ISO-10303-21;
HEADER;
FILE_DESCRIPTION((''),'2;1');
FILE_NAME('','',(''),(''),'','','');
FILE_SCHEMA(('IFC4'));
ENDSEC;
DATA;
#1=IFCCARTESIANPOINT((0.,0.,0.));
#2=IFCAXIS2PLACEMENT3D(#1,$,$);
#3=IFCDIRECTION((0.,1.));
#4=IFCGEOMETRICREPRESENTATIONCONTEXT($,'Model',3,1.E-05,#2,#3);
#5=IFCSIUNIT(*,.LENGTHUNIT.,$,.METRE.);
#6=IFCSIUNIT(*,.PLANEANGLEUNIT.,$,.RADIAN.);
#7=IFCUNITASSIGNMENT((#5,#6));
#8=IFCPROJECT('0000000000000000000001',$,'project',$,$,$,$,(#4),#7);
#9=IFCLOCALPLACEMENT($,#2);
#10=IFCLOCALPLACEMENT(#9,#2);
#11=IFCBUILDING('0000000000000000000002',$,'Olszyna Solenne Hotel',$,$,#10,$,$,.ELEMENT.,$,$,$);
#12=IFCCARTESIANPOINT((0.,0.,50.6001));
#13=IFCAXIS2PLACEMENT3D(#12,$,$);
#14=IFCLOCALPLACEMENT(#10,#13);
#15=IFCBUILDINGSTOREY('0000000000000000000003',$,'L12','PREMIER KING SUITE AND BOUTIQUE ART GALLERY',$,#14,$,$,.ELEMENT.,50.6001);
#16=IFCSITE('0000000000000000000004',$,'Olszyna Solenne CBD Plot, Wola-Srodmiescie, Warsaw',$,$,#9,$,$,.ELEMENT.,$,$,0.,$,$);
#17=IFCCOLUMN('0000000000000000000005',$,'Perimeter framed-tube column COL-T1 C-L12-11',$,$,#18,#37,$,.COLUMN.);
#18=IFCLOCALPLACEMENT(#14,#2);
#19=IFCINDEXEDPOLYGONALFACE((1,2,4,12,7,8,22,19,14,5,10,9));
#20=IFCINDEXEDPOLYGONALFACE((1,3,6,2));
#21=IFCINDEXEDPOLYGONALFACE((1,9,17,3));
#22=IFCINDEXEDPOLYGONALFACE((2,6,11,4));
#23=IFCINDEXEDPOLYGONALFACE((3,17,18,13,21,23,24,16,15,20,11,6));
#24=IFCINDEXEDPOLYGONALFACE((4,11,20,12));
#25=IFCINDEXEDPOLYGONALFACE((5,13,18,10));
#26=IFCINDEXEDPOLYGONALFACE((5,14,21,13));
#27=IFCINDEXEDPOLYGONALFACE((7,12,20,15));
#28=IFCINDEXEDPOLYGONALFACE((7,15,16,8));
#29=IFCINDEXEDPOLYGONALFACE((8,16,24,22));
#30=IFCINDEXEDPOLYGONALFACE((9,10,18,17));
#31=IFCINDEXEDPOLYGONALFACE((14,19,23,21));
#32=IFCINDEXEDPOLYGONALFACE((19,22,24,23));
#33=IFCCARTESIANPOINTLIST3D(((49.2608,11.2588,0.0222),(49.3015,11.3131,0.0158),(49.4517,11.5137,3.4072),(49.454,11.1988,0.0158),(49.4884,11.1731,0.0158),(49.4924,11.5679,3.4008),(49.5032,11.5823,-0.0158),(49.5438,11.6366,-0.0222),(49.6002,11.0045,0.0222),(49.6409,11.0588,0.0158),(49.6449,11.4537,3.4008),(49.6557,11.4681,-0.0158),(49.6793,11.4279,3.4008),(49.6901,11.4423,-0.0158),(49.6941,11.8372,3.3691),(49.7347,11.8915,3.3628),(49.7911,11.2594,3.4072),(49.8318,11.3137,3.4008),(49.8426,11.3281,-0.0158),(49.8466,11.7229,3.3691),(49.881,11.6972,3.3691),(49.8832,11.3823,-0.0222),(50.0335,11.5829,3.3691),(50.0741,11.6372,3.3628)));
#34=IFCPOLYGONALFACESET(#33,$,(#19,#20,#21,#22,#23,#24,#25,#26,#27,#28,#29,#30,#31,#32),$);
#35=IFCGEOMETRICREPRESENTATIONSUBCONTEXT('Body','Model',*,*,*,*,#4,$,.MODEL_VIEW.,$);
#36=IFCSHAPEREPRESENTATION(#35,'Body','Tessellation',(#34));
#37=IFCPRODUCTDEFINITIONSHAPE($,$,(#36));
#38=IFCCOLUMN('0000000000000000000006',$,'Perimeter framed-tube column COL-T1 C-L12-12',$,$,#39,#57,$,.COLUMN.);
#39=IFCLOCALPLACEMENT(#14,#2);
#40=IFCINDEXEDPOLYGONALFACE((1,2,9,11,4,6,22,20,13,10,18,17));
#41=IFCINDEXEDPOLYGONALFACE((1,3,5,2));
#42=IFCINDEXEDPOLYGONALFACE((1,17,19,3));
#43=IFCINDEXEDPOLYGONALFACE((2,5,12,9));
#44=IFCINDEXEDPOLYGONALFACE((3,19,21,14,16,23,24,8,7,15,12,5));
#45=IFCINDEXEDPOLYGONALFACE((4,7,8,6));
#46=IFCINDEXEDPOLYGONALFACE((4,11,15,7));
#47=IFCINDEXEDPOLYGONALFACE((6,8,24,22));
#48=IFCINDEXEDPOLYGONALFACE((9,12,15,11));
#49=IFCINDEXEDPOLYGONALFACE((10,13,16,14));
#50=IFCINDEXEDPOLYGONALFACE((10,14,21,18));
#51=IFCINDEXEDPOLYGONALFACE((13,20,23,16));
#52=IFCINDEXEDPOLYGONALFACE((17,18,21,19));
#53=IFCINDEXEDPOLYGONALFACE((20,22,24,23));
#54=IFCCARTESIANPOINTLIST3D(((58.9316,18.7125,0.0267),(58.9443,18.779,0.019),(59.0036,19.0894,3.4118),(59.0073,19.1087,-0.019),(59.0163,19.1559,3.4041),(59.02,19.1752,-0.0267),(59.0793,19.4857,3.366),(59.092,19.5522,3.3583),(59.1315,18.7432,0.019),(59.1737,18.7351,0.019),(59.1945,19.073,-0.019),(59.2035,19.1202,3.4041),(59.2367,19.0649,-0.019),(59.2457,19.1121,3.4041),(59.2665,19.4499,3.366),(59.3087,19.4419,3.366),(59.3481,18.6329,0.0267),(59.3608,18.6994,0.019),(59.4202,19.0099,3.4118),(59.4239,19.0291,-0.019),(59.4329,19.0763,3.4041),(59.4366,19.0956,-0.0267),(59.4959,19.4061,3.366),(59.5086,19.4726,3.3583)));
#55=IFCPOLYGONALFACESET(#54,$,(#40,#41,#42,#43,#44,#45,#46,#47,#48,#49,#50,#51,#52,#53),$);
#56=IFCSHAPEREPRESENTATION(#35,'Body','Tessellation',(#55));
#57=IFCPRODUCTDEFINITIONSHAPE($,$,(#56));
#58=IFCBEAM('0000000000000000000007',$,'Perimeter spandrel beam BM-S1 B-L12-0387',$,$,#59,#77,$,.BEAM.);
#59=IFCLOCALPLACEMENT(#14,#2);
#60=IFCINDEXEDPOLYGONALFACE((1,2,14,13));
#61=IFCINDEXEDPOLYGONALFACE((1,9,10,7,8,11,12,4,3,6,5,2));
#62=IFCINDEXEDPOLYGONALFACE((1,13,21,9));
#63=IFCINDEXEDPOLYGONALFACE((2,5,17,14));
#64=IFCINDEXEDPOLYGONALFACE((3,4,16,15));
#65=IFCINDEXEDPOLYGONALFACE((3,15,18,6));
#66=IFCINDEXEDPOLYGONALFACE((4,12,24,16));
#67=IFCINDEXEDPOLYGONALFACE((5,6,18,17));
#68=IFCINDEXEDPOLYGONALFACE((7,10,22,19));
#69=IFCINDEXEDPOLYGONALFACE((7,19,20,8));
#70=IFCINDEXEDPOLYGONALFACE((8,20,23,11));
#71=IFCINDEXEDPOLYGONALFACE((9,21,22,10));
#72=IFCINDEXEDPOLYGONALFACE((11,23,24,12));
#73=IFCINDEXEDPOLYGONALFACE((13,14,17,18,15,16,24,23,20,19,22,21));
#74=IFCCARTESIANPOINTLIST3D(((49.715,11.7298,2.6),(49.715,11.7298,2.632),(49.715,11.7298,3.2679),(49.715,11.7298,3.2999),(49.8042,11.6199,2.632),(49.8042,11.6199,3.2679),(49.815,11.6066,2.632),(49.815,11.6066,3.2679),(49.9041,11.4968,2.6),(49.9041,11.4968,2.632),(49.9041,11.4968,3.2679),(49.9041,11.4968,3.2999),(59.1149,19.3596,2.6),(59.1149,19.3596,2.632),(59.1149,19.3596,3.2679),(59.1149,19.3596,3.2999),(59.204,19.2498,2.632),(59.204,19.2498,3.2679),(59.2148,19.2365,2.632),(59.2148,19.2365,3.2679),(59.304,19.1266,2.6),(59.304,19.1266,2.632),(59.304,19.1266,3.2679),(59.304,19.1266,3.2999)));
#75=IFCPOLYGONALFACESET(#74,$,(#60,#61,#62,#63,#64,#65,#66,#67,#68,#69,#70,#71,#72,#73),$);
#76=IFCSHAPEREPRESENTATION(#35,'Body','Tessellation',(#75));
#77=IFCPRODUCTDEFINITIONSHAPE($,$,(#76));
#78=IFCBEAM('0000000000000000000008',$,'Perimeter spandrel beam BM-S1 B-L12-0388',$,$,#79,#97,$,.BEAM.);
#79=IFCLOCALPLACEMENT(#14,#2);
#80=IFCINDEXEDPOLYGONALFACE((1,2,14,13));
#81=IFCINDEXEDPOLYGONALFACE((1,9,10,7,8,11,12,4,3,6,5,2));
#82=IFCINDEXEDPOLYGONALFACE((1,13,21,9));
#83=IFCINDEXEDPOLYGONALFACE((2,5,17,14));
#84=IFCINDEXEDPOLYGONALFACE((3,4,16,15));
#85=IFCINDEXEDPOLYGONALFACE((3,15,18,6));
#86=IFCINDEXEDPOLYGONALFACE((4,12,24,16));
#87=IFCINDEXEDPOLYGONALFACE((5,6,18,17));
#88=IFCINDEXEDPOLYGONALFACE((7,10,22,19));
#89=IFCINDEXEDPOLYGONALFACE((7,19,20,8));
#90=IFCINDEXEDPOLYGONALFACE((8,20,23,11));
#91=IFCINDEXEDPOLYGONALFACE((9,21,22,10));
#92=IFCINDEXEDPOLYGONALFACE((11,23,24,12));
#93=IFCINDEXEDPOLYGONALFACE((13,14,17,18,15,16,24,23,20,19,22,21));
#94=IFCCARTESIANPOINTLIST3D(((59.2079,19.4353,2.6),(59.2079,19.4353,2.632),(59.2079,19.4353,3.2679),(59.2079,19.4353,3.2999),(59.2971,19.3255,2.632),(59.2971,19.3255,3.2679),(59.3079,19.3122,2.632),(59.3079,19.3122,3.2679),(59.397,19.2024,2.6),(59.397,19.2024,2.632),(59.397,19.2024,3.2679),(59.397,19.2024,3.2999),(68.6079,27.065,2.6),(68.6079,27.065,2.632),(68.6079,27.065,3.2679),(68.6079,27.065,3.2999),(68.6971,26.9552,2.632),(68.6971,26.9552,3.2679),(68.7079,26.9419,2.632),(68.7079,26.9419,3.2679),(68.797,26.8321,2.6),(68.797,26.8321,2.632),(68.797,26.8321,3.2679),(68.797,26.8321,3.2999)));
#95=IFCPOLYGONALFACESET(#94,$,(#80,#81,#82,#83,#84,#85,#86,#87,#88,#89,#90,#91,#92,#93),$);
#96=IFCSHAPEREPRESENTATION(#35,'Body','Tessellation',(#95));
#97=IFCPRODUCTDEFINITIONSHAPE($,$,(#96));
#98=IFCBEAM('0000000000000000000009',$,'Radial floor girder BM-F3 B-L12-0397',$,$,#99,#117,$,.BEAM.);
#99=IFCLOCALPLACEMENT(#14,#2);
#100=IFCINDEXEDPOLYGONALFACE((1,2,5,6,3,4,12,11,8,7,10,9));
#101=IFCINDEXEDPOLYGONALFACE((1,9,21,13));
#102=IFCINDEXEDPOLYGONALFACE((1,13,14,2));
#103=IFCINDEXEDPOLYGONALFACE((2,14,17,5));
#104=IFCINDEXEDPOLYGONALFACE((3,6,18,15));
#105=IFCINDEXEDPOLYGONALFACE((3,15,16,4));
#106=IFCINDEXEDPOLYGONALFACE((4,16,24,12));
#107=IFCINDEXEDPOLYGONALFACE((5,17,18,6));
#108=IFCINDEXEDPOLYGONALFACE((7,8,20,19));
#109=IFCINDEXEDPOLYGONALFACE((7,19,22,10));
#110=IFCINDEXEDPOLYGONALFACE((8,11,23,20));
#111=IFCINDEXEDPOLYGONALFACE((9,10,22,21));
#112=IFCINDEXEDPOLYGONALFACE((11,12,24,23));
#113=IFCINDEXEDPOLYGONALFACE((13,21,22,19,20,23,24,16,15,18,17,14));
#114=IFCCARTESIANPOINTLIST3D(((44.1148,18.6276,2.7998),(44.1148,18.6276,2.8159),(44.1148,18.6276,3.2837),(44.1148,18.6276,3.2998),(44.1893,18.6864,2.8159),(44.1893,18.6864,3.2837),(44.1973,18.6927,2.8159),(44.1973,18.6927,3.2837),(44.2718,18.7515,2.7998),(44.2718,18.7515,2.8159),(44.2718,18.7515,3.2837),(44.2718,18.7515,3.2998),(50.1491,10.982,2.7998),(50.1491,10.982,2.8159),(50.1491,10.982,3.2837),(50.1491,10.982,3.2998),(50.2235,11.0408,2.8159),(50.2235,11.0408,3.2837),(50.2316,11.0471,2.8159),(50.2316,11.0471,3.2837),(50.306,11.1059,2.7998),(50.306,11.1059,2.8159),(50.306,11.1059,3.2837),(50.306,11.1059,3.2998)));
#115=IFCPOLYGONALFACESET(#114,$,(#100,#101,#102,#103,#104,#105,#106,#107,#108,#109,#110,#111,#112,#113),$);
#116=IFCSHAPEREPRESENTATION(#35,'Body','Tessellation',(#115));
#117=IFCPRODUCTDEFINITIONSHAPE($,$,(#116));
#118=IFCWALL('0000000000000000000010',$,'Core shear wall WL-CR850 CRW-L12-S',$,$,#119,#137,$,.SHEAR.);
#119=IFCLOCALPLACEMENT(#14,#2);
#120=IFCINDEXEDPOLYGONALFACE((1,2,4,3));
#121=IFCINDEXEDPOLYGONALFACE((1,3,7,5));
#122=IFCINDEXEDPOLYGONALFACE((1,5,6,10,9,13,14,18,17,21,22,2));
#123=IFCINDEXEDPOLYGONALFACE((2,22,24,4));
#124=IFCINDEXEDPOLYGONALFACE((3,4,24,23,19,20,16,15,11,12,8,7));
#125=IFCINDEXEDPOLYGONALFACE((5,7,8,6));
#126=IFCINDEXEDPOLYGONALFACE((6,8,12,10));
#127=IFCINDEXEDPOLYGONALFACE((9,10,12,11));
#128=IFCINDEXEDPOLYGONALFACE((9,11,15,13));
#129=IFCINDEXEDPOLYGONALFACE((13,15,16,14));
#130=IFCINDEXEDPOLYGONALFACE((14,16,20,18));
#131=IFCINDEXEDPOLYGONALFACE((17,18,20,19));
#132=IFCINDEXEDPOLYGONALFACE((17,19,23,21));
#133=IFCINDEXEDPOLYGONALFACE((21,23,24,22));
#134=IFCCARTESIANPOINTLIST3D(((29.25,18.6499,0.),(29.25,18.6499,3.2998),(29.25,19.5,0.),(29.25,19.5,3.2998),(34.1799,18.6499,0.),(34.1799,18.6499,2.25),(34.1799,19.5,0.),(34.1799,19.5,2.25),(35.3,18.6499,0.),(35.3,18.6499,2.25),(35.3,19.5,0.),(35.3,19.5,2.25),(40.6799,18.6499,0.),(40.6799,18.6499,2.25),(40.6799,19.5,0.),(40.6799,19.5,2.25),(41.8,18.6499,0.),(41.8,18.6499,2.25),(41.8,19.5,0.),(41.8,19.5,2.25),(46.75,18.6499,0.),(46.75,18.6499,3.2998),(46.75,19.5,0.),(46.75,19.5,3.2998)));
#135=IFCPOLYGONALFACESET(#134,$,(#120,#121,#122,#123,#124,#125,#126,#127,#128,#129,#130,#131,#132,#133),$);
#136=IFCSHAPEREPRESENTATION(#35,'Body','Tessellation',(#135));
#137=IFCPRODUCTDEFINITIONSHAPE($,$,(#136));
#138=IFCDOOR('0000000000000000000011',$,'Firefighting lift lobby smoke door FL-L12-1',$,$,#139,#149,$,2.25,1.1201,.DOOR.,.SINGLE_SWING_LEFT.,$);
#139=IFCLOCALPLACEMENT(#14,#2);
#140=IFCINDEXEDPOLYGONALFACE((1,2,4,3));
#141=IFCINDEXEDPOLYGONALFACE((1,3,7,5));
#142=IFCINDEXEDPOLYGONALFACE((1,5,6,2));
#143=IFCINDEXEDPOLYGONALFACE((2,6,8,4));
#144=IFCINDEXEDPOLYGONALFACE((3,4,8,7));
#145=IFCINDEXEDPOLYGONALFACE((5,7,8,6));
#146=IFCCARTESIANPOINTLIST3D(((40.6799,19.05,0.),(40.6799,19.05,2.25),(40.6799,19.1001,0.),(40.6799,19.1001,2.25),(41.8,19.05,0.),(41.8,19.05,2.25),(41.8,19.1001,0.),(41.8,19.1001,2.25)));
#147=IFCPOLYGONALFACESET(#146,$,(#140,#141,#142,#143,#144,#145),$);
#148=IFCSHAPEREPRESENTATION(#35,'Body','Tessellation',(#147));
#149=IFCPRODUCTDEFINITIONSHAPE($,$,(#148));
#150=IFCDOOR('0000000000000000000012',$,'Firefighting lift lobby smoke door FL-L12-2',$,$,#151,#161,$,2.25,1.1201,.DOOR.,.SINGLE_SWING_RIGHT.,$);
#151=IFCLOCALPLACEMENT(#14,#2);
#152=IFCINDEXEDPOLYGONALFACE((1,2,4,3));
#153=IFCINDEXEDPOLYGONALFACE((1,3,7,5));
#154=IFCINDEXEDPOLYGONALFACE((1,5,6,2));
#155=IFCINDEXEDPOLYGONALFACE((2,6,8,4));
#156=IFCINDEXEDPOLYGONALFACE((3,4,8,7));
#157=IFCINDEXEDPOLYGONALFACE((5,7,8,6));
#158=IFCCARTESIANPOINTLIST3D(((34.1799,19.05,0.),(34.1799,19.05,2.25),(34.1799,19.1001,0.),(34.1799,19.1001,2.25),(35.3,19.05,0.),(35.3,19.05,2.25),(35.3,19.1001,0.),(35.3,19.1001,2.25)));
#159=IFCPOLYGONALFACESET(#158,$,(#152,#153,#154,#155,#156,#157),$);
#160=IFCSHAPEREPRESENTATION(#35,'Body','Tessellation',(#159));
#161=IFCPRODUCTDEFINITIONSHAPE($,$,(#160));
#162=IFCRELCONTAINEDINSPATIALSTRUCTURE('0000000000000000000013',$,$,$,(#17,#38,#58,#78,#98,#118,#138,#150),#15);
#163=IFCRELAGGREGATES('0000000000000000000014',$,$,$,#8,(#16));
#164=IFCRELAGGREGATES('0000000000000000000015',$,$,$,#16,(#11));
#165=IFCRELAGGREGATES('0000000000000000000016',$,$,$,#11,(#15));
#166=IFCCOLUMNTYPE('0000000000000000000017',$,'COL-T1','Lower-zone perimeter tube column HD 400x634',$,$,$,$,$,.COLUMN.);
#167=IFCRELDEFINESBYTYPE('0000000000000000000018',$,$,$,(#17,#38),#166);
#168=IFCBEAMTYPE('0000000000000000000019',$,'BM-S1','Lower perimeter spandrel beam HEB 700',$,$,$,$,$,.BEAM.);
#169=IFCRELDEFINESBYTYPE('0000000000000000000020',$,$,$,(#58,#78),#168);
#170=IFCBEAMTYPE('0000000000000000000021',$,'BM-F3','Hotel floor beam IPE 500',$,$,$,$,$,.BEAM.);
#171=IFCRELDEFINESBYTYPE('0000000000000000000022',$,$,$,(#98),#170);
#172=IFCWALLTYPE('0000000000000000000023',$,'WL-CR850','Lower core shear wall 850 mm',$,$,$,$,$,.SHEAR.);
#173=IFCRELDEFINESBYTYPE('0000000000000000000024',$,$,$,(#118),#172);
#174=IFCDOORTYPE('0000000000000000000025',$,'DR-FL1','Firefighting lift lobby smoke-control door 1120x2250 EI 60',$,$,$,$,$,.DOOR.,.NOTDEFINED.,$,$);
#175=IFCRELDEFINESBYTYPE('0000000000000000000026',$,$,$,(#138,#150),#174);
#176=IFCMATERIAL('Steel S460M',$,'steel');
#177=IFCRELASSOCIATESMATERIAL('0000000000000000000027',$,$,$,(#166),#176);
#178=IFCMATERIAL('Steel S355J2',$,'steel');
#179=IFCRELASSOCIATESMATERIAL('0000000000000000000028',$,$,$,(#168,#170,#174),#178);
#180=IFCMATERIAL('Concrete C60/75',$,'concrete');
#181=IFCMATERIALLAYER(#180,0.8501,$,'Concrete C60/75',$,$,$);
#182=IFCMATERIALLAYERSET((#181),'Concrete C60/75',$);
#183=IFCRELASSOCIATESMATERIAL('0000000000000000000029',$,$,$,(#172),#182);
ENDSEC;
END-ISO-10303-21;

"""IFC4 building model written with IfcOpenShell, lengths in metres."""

from ifc_helpers import new_model, si_unit, direction, frame, frame_2d, origin, origin_2d, place, context, subcontext, project, spatial, rectangle, i_section, extrude, source, transform, mapped, material, layer, layer_set, material_profile, profile_set, type_object, type_shapes, element, fill, save


model = new_model("IFC4")

# Units and contexts
model_context = context("Model", 3, precision=1e-05, world=origin(), true_north=direction((0.0, 1.0)))
body_context = subcontext(model_context, "Body", "Model", "MODEL_VIEW")
ifc_project = project(units=[si_unit("LENGTHUNIT", "METRE"), si_unit("PLANEANGLEUNIT", "RADIAN")], contexts=[model_context])

# Site, building, storey
site_placement = place(None, origin())
site = spatial("IfcSite", under=ifc_project, at=site_placement, Name="Olszyna Solenne CBD Plot, Wola-Srodmiescie, Warsaw", CompositionType="ELEMENT", RefElevation=0.0)
building_placement = place(site_placement, origin())
building = spatial("IfcBuilding", under=site, at=building_placement, Name="Olszyna Solenne Hotel", CompositionType="ELEMENT")
storey_placement = place(building_placement, frame((0.0, 0.0, 50.6001)))
storey = spatial("IfcBuildingStorey", under=building, at=storey_placement, Name="L12", Description="PREMIER KING SUITE AND BOUTIQUE ART GALLERY", CompositionType="ELEMENT", Elevation=50.6001)

# Columns
ifc_material_1 = material(Name="Steel S460M", Category="steel")
ifc_material_profile_1 = material_profile(ifc_material_1, i_section(OverallWidth=0.4241, OverallDepth=0.4741, WebThickness=0.043, FlangeThickness=0.0681, at=origin_2d()), Name="HD 400x634", Category="load-bearing")
ifc_profile_set_1 = profile_set([ifc_material_profile_1], Name="Steel S460M")
column_type = type_object("IfcColumnType", Name="COL-T1", Description="Lower-zone perimeter tube column HD 400x634", PredefinedType="COLUMN", material=ifc_profile_set_1)
shared_shape_1 = source(origin(), body_context, "Body", "SweptSolid", [
    extrude(i_section(OverallWidth=0.4241, OverallDepth=0.4741, WebThickness=0.043, FlangeThickness=0.0681, at=origin_2d()), origin(), (0.0, 0.0, 1.0), 3.3999),
])
column_1_placement = place(storey_placement, frame((49.572, 11.3206, 0.0), z_axis=(0.056153, 0.074966, 0.995604), x_axis=(-0.800368, 0.599509, 0.0)))
element("IfcColumn", 1, at=column_1_placement, inside=storey, type_object=column_type, Name="Perimeter framed-tube column COL-T1 C-L12-11", PredefinedType="COLUMN", context=body_context, shape_type="MappedRepresentation", body=[
    mapped(shared_shape_1, transform((0.0, 0.0, 0.0), x_axis=(1.0, 0.0, 0.0), y_axis=(0.0, 1.0, 0.0), z_axis=(0.0, 0.0, 1.0), scale=1.0)),
])
shared_shape_2 = source(origin(), body_context, "Body", "SweptSolid", [
    extrude(i_section(OverallWidth=0.4241, OverallDepth=0.4741, WebThickness=0.043, FlangeThickness=0.0681, at=origin_2d()), origin(), (0.0, 0.0, 1.0), 3.4067),
])
column_2_placement = place(storey_placement, frame((59.1841, 18.9041, 0.0), z_axis=(0.021141, 0.110651, 0.993634), x_axis=(-0.982233, 0.187668, 0.0)))
element("IfcColumn", 2, at=column_2_placement, inside=storey, type_object=column_type, Name="Perimeter framed-tube column COL-T1 C-L12-12", PredefinedType="COLUMN", context=body_context, shape_type="MappedRepresentation", body=[
    mapped(shared_shape_2, transform((0.0, 0.0, 0.0), x_axis=(1.0, 0.0, 0.0), y_axis=(0.0, 1.0, 0.0), z_axis=(0.0, 0.0, 1.0), scale=1.0)),
])

# Beams
ifc_material_2 = material(Name="Steel S355J2", Category="steel")
ifc_material_profile_2 = material_profile(ifc_material_2, i_section(OverallWidth=0.3, OverallDepth=0.7, WebThickness=0.0171, FlangeThickness=0.032, at=origin_2d()), Name="HEB 700", Category="load-bearing")
ifc_profile_set_2 = profile_set([ifc_material_profile_2], Name="Steel S355J2")
beam_type_1 = type_object("IfcBeamType", Name="BM-S1", Description="Lower perimeter spandrel beam HEB 700", PredefinedType="BEAM", material=ifc_profile_set_2)
shared_shape_3 = source(origin(), body_context, "Body", "SweptSolid", [
    extrude(i_section(OverallWidth=0.3, OverallDepth=0.7, WebThickness=0.0171, FlangeThickness=0.032, at=origin_2d()), origin(), (0.0, 0.0, 1.0), 12.1067),
])
for number, where, z_axis, x_axis, name in (
    (3, (49.8096, 11.6133, 2.95), (0.776419, 0.630218, 0.0), (-0.630218, 0.776419, 0.0), "Perimeter spandrel beam BM-S1 B-L12-0387"),
    (4, (59.3025, 19.3188, 2.95), (0.776428, 0.630205, 0.0), (-0.630205, 0.776428, 0.0), "Perimeter spandrel beam BM-S1 B-L12-0388"),
):
    element("IfcBeam", number, at=place(storey_placement, frame(where, z_axis=z_axis, x_axis=x_axis)), inside=storey, type_object=beam_type_1, Name=name, PredefinedType="BEAM", context=body_context, shape_type="MappedRepresentation", body=[
        mapped(shared_shape_3, transform((0.0, 0.0, 0.0), x_axis=(1.0, 0.0, 0.0), y_axis=(0.0, 1.0, 0.0), z_axis=(0.0, 0.0, 1.0), scale=1.0)),
    ])
ifc_material_profile_3 = material_profile(ifc_material_2, i_section(OverallWidth=0.2, OverallDepth=0.5, WebThickness=0.0103, FlangeThickness=0.0161, at=origin_2d()), Name="IPE 500", Category="load-bearing")
ifc_profile_set_3 = profile_set([ifc_material_profile_3], Name="Steel S355J2")
beam_type_2 = type_object("IfcBeamType", Name="BM-F3", Description="Hotel floor beam IPE 500", PredefinedType="BEAM", material=ifc_profile_set_3)
shared_shape_4 = source(origin(), body_context, "Body", "SweptSolid", [
    extrude(i_section(OverallWidth=0.2, OverallDepth=0.5, WebThickness=0.0103, FlangeThickness=0.0161, at=origin_2d()), origin(), (0.0, 0.0, 1.0), 9.74),
])
beam_placement = place(storey_placement, frame((50.2275, 11.0439, 3.0498), z_axis=(-0.619534, 0.78497, 0.0), x_axis=(-0.78497, -0.619534, 0.0)))
element("IfcBeam", 5, at=beam_placement, inside=storey, type_object=beam_type_2, Name="Radial floor girder BM-F3 B-L12-0397", PredefinedType="BEAM", context=body_context, shape_type="MappedRepresentation", body=[
    mapped(shared_shape_4, transform((0.0, 0.0, 0.0), x_axis=(1.0, 0.0, 0.0), y_axis=(0.0, 1.0, 0.0), z_axis=(0.0, 0.0, 1.0), scale=1.0)),
])

# Wall, openings, doors
ifc_material_3 = material(Name="Concrete C60/75", Category="concrete")
ifc_layer_1 = layer(ifc_material_3, 0.8501, Name="Concrete C60/75")
ifc_layer_set_1 = layer_set([ifc_layer_1], Name="Concrete C60/75")
wall_type_1 = type_object("IfcWallType", Name="WL-CR850", Description="Lower core shear wall 850 mm", PredefinedType="SHEAR", material=ifc_layer_set_1)
wall_1_placement = place(storey_placement, frame((46.75, 19.075, 0.0), z_axis=(0.0, 0.0, 1.0), x_axis=(-1.0, 0.0, 0.0)))
wall_1 = element("IfcWall", 6, at=wall_1_placement, inside=storey, type_object=wall_type_1, Name="Core shear wall WL-CR850 CRW-L12-S", PredefinedType="SHEAR", context=body_context, shape_type="SweptSolid", body=[
    extrude(rectangle(XDim=17.5, YDim=0.8501, at=frame_2d((8.75, 0.0))), origin(), (0.0, 0.0, 1.0), 3.2998),
])
opening_1_placement = place(wall_1_placement, frame((4.95, 0.0, 0.0)))
opening_1 = element("IfcOpeningElement", 7, at=opening_1_placement, cuts=wall_1, PredefinedType="OPENING", context=body_context, shape_type="SweptSolid", body=[
    extrude(rectangle(XDim=1.1201, YDim=2.25, at=frame_2d((0.5601, 1.125))), frame((0.0, 0.4351, 0.0), z_axis=(0.0, -1.0, 0.0), x_axis=(1.0, 0.0, 0.0)), (0.0, 0.0, 1.0), 0.8701),
])
opening_2_placement = place(wall_1_placement, frame((11.45, 0.0, 0.0)))
opening_2 = element("IfcOpeningElement", 8, at=opening_2_placement, cuts=wall_1, PredefinedType="OPENING", context=body_context, shape_type="SweptSolid", body=[
    extrude(rectangle(XDim=1.1201, YDim=2.25, at=frame_2d((0.5601, 1.125))), frame((0.0, 0.4351, 0.0), z_axis=(0.0, -1.0, 0.0), x_axis=(1.0, 0.0, 0.0)), (0.0, 0.0, 1.0), 0.8701),
])
door_type_1 = type_object("IfcDoorType", Name="DR-FL1", Description="Firefighting lift lobby smoke-control door 1120x2250 EI 60", OperationType="NOTDEFINED", PredefinedType="DOOR", material=ifc_material_2)
shared_shape_5 = source(origin(), body_context, "Body", "SweptSolid", [
    extrude(rectangle(XDim=1.1201, YDim=2.25, at=frame_2d((0.5601, 1.125))), frame((0.0, 0.0249, 0.0), z_axis=(0.0, -1.0, 0.0), x_axis=(1.0, 0.0, 0.0)), (0.0, 0.0, 1.0), 0.05),
])
type_shapes(door_type_1, [shared_shape_5])
door_1_placement = place(opening_1_placement, origin())
door_1 = element("IfcDoor", 9, at=door_1_placement, inside=storey, type_object=door_type_1, Name="Firefighting lift lobby smoke door FL-L12-1", OperationType="SINGLE_SWING_LEFT", OverallHeight=2.25, OverallWidth=1.1201, PredefinedType="DOOR", context=body_context, shape_type="MappedRepresentation", body=[
    mapped(shared_shape_5, transform((0.0, 0.0, 0.0), x_axis=(1.0, 0.0, 0.0), y_axis=(0.0, 1.0, 0.0), z_axis=(0.0, 0.0, 1.0), scale=1.0)),
])
fill(opening_1, door_1)
door_2_placement = place(opening_2_placement, origin())
door_2 = element("IfcDoor", 10, at=door_2_placement, inside=storey, type_object=door_type_1, Name="Firefighting lift lobby smoke door FL-L12-2", OperationType="SINGLE_SWING_RIGHT", OverallHeight=2.25, OverallWidth=1.1201, PredefinedType="DOOR", context=body_context, shape_type="MappedRepresentation", body=[
    mapped(shared_shape_5, transform((0.0, 0.0, 0.0), x_axis=(1.0, 0.0, 0.0), y_axis=(0.0, 1.0, 0.0), z_axis=(0.0, 0.0, 1.0), scale=1.0)),
])
fill(opening_2, door_2)

save(model, "model.ifc")
